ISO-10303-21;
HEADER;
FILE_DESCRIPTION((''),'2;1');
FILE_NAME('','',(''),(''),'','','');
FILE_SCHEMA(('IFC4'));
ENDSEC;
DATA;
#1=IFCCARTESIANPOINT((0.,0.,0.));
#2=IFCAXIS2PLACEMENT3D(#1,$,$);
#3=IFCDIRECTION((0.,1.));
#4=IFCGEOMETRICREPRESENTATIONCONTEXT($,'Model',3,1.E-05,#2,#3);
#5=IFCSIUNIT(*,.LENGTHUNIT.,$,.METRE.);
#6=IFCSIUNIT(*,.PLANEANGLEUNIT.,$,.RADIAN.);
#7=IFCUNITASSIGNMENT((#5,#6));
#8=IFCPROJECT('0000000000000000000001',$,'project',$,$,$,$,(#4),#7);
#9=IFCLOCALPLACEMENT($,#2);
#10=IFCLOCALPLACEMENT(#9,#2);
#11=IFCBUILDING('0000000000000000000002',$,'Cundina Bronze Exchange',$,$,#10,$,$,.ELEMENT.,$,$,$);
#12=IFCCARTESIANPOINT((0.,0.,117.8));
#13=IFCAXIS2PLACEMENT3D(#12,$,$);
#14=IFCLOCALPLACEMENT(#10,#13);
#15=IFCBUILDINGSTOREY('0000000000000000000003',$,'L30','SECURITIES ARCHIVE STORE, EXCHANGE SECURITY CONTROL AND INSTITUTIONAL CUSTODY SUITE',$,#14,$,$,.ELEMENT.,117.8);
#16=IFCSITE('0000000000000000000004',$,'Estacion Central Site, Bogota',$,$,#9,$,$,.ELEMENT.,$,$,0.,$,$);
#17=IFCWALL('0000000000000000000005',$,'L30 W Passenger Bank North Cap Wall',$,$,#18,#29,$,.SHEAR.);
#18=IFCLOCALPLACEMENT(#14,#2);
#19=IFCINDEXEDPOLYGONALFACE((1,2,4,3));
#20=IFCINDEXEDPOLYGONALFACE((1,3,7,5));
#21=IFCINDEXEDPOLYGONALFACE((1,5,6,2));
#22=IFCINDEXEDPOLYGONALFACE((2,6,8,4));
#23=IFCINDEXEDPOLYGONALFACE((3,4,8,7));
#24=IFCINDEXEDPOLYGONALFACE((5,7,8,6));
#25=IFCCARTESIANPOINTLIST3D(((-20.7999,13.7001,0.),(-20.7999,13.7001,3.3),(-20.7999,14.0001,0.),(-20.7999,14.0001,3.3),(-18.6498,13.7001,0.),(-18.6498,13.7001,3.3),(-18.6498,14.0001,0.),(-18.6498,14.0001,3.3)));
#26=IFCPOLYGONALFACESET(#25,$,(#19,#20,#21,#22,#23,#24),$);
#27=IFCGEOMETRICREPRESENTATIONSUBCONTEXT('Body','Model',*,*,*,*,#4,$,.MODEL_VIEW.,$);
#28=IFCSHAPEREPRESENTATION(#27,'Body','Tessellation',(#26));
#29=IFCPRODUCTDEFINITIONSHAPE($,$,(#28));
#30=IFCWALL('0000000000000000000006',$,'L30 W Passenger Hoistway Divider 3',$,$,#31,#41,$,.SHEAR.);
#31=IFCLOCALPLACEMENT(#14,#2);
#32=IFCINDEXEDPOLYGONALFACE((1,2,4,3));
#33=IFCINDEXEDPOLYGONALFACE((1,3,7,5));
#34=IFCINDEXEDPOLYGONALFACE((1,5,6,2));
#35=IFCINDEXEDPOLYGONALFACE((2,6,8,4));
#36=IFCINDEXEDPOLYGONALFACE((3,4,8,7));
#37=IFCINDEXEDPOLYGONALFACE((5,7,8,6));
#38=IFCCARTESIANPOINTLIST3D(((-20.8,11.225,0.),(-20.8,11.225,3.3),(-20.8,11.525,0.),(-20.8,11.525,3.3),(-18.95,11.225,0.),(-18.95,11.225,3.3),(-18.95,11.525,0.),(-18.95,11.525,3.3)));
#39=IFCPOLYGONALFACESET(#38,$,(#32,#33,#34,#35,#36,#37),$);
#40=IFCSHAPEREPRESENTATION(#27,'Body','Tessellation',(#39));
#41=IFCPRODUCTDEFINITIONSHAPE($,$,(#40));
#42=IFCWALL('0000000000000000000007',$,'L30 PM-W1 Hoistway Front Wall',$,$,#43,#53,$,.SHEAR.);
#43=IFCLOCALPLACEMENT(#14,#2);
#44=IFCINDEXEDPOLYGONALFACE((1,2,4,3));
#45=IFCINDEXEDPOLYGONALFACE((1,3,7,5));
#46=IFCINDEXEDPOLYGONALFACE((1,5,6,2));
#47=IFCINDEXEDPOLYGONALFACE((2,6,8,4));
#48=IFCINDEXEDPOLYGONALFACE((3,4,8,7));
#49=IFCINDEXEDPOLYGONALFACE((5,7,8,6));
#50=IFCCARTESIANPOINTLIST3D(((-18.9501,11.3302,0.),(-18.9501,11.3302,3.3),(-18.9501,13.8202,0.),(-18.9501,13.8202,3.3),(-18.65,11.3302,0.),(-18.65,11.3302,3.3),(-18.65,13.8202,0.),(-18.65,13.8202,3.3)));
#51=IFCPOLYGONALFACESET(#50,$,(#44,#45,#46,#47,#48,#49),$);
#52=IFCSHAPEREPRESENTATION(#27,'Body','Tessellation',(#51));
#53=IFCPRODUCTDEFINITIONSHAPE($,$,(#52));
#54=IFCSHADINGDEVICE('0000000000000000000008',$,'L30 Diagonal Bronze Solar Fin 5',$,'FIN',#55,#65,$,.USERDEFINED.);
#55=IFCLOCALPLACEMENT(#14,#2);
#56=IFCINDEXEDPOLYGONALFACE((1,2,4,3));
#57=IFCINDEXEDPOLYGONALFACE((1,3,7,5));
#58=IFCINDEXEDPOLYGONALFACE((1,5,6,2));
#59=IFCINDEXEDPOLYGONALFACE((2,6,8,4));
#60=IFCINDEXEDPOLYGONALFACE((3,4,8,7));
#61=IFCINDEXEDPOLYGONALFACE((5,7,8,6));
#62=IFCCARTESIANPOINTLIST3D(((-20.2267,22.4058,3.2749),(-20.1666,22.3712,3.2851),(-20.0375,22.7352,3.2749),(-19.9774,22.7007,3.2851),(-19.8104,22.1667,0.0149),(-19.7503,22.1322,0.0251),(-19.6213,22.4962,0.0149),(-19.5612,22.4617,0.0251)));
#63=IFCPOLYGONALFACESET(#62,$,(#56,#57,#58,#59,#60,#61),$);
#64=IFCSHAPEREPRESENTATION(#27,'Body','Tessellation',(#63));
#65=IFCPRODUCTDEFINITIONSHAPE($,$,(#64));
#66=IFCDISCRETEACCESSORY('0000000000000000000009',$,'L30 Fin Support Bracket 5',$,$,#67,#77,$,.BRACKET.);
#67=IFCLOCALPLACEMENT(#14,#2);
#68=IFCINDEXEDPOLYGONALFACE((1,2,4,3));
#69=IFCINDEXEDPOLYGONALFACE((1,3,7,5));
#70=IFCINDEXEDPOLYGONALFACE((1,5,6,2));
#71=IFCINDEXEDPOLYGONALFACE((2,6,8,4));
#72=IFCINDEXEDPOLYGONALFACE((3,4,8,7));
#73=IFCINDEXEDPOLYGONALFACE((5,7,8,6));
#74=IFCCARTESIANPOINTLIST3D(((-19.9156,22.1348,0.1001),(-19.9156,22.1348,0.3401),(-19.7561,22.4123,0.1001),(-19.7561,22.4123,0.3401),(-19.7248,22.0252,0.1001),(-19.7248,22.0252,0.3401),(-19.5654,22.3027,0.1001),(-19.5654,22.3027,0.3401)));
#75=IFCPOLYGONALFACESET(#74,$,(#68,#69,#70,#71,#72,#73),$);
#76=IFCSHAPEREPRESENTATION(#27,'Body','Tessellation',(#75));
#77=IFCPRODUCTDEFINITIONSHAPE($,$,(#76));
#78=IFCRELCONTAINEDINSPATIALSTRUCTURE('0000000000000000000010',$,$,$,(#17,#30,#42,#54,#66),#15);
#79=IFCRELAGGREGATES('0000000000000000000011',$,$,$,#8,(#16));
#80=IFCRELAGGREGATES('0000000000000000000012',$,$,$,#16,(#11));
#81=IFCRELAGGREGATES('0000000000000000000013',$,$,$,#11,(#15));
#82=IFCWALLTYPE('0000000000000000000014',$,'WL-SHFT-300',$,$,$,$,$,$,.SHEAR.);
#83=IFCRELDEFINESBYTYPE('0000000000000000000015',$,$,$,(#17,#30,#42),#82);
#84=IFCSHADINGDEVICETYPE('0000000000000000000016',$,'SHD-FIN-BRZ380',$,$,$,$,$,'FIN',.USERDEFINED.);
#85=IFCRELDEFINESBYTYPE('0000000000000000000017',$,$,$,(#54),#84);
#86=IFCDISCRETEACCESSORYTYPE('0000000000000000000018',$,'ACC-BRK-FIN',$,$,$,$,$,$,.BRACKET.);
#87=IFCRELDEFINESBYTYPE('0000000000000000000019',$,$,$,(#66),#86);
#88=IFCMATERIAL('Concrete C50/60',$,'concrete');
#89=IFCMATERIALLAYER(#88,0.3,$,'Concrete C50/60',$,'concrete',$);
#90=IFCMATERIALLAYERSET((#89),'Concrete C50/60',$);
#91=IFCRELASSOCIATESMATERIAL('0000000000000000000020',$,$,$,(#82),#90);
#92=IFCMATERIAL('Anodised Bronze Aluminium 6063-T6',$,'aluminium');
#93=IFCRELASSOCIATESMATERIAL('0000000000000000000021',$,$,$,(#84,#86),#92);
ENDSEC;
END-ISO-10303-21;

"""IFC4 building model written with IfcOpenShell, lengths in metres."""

from ifc_helpers import new_model, si_unit, direction, frame, frame_2d, origin, origin_2d, place, context, subcontext, project, spatial, rectangle, extrude, material, layer, layer_set, material_profile, profile_set, type_object, element, save


model = new_model("IFC4")

# Units and contexts
model_context = context("Model", 3, precision=1e-05, world=origin(), true_north=direction((0.0, 1.0)))
body_context = subcontext(model_context, "Body", "Model", "MODEL_VIEW")
ifc_project = project(units=[si_unit("LENGTHUNIT", "METRE"), si_unit("PLANEANGLEUNIT", "RADIAN")], contexts=[model_context])

# Site, building, storey
site_placement = place(None, origin())
site = spatial("IfcSite", under=ifc_project, at=site_placement, Name="Estacion Central Site, Bogota", CompositionType="ELEMENT", RefElevation=0.0)
building_placement = place(site_placement, origin())
building = spatial("IfcBuilding", under=site, at=building_placement, Name="Cundina Bronze Exchange", CompositionType="ELEMENT")
storey_placement = place(building_placement, frame((0.0, 0.0, 117.8)))
storey = spatial("IfcBuildingStorey", under=building, at=storey_placement, Name="L30", Description="SECURITIES ARCHIVE STORE, EXCHANGE SECURITY CONTROL AND INSTITUTIONAL CUSTODY SUITE", CompositionType="ELEMENT", Elevation=117.8)

# Shared definitions
ifc_material_1 = material(Name="Anodised Bronze Aluminium 6063-T6", Category="aluminium")

# Shared definitions
ifc_material_2 = material(Name="Concrete C50/60", Category="concrete")
ifc_layer_1 = layer(ifc_material_2, 0.3, Name="Concrete C50/60", Category="concrete")
ifc_layer_set_1 = layer_set([ifc_layer_1], Name="Concrete C50/60")
wall_type_1 = type_object("IfcWallType", Name="WL-SHFT-300", PredefinedType="SHEAR", material=ifc_layer_set_1)

# Walls
wall_1_placement = place(storey_placement, frame((-20.8, 13.8501, 0.0), z_axis=(0.0, 0.0, 1.0), x_axis=(1.0, 0.0, 0.0)))
element("IfcWall", 1, at=wall_1_placement, inside=storey, type_object=wall_type_1, Name="L30 W Passenger Bank North Cap Wall", PredefinedType="SHEAR", context=body_context, shape_type="SweptSolid", body=[
    extrude(rectangle(XDim=2.1501, YDim=0.3, at=frame_2d((1.0752, 0.0))), origin(), (0.0, 0.0, 1.0), 3.3),
])
wall_2_placement = place(storey_placement, frame((-20.8, 11.375, 0.0), z_axis=(0.0, 0.0, 1.0), x_axis=(1.0, 0.0, 0.0)))
element("IfcWall", 2, at=wall_2_placement, inside=storey, type_object=wall_type_1, Name="L30 W Passenger Hoistway Divider 3", PredefinedType="SHEAR", context=body_context, shape_type="SweptSolid", body=[
    extrude(rectangle(XDim=1.8501, YDim=0.3, at=frame_2d((0.925, 0.0))), origin(), (0.0, 0.0, 1.0), 3.3),
])
wall_3_placement = place(storey_placement, frame((-18.8, 11.3301, 0.0), z_axis=(0.0, 0.0, 1.0), x_axis=(0.0, 1.0, 0.0)))
element("IfcWall", 3, at=wall_3_placement, inside=storey, type_object=wall_type_1, Name="L30 PM-W1 Hoistway Front Wall", PredefinedType="SHEAR", context=body_context, shape_type="SweptSolid", body=[
    extrude(rectangle(XDim=2.49, YDim=0.3, at=frame_2d((1.2451, 0.0))), origin(), (0.0, 0.0, 1.0), 3.3),
])

# Shading device
ifc_material_profile_1 = material_profile(ifc_material_1, rectangle(XDim=0.0701, YDim=0.3799, at=origin_2d()), Name="FIN70X380", Category="aluminium")
ifc_profile_set_1 = profile_set([ifc_material_profile_1], Name="Anodised Bronze Aluminium 6063-T6")
shading_device_type = type_object("IfcShadingDeviceType", Name="SHD-FIN-BRZ380", ElementType="FIN", PredefinedType="USERDEFINED", material=ifc_profile_set_1)
shading_device_placement = place(storey_placement, frame((-19.6858, 22.3142, 0.02), z_axis=(-0.126325, 0.072535, 0.989333), x_axis=(0.857958, -0.492634, 0.145668)))
element("IfcShadingDevice", 4, at=shading_device_placement, inside=storey, type_object=shading_device_type, Name="L30 Diagonal Bronze Solar Fin 5", ObjectType="FIN", PredefinedType="USERDEFINED", context=body_context, shape_type="SweptSolid", body=[
    extrude(rectangle(XDim=0.0701, YDim=0.3799, at=origin_2d()), origin(), (0.0, 0.0, 1.0), 3.2952),
])

# Discrete accessory
discrete_accessory_type = type_object("IfcDiscreteAccessoryType", Name="ACC-BRK-FIN", PredefinedType="BRACKET", material=ifc_material_1)
discrete_accessory_placement = place(storey_placement, frame((-19.7405, 22.2188, 0.1001), z_axis=(0.0, 0.0, 1.0), x_axis=(-0.867105, 0.498125, 0.0)))
element("IfcDiscreteAccessory", 5, at=discrete_accessory_placement, inside=storey, type_object=discrete_accessory_type, Name="L30 Fin Support Bracket 5", PredefinedType="BRACKET", context=body_context, shape_type="SweptSolid", body=[
    extrude(rectangle(XDim=0.22, YDim=0.3201, at=origin_2d()), origin(), (0.0, 0.0, 1.0), 0.24),
])

save(model, "model.ifc")
